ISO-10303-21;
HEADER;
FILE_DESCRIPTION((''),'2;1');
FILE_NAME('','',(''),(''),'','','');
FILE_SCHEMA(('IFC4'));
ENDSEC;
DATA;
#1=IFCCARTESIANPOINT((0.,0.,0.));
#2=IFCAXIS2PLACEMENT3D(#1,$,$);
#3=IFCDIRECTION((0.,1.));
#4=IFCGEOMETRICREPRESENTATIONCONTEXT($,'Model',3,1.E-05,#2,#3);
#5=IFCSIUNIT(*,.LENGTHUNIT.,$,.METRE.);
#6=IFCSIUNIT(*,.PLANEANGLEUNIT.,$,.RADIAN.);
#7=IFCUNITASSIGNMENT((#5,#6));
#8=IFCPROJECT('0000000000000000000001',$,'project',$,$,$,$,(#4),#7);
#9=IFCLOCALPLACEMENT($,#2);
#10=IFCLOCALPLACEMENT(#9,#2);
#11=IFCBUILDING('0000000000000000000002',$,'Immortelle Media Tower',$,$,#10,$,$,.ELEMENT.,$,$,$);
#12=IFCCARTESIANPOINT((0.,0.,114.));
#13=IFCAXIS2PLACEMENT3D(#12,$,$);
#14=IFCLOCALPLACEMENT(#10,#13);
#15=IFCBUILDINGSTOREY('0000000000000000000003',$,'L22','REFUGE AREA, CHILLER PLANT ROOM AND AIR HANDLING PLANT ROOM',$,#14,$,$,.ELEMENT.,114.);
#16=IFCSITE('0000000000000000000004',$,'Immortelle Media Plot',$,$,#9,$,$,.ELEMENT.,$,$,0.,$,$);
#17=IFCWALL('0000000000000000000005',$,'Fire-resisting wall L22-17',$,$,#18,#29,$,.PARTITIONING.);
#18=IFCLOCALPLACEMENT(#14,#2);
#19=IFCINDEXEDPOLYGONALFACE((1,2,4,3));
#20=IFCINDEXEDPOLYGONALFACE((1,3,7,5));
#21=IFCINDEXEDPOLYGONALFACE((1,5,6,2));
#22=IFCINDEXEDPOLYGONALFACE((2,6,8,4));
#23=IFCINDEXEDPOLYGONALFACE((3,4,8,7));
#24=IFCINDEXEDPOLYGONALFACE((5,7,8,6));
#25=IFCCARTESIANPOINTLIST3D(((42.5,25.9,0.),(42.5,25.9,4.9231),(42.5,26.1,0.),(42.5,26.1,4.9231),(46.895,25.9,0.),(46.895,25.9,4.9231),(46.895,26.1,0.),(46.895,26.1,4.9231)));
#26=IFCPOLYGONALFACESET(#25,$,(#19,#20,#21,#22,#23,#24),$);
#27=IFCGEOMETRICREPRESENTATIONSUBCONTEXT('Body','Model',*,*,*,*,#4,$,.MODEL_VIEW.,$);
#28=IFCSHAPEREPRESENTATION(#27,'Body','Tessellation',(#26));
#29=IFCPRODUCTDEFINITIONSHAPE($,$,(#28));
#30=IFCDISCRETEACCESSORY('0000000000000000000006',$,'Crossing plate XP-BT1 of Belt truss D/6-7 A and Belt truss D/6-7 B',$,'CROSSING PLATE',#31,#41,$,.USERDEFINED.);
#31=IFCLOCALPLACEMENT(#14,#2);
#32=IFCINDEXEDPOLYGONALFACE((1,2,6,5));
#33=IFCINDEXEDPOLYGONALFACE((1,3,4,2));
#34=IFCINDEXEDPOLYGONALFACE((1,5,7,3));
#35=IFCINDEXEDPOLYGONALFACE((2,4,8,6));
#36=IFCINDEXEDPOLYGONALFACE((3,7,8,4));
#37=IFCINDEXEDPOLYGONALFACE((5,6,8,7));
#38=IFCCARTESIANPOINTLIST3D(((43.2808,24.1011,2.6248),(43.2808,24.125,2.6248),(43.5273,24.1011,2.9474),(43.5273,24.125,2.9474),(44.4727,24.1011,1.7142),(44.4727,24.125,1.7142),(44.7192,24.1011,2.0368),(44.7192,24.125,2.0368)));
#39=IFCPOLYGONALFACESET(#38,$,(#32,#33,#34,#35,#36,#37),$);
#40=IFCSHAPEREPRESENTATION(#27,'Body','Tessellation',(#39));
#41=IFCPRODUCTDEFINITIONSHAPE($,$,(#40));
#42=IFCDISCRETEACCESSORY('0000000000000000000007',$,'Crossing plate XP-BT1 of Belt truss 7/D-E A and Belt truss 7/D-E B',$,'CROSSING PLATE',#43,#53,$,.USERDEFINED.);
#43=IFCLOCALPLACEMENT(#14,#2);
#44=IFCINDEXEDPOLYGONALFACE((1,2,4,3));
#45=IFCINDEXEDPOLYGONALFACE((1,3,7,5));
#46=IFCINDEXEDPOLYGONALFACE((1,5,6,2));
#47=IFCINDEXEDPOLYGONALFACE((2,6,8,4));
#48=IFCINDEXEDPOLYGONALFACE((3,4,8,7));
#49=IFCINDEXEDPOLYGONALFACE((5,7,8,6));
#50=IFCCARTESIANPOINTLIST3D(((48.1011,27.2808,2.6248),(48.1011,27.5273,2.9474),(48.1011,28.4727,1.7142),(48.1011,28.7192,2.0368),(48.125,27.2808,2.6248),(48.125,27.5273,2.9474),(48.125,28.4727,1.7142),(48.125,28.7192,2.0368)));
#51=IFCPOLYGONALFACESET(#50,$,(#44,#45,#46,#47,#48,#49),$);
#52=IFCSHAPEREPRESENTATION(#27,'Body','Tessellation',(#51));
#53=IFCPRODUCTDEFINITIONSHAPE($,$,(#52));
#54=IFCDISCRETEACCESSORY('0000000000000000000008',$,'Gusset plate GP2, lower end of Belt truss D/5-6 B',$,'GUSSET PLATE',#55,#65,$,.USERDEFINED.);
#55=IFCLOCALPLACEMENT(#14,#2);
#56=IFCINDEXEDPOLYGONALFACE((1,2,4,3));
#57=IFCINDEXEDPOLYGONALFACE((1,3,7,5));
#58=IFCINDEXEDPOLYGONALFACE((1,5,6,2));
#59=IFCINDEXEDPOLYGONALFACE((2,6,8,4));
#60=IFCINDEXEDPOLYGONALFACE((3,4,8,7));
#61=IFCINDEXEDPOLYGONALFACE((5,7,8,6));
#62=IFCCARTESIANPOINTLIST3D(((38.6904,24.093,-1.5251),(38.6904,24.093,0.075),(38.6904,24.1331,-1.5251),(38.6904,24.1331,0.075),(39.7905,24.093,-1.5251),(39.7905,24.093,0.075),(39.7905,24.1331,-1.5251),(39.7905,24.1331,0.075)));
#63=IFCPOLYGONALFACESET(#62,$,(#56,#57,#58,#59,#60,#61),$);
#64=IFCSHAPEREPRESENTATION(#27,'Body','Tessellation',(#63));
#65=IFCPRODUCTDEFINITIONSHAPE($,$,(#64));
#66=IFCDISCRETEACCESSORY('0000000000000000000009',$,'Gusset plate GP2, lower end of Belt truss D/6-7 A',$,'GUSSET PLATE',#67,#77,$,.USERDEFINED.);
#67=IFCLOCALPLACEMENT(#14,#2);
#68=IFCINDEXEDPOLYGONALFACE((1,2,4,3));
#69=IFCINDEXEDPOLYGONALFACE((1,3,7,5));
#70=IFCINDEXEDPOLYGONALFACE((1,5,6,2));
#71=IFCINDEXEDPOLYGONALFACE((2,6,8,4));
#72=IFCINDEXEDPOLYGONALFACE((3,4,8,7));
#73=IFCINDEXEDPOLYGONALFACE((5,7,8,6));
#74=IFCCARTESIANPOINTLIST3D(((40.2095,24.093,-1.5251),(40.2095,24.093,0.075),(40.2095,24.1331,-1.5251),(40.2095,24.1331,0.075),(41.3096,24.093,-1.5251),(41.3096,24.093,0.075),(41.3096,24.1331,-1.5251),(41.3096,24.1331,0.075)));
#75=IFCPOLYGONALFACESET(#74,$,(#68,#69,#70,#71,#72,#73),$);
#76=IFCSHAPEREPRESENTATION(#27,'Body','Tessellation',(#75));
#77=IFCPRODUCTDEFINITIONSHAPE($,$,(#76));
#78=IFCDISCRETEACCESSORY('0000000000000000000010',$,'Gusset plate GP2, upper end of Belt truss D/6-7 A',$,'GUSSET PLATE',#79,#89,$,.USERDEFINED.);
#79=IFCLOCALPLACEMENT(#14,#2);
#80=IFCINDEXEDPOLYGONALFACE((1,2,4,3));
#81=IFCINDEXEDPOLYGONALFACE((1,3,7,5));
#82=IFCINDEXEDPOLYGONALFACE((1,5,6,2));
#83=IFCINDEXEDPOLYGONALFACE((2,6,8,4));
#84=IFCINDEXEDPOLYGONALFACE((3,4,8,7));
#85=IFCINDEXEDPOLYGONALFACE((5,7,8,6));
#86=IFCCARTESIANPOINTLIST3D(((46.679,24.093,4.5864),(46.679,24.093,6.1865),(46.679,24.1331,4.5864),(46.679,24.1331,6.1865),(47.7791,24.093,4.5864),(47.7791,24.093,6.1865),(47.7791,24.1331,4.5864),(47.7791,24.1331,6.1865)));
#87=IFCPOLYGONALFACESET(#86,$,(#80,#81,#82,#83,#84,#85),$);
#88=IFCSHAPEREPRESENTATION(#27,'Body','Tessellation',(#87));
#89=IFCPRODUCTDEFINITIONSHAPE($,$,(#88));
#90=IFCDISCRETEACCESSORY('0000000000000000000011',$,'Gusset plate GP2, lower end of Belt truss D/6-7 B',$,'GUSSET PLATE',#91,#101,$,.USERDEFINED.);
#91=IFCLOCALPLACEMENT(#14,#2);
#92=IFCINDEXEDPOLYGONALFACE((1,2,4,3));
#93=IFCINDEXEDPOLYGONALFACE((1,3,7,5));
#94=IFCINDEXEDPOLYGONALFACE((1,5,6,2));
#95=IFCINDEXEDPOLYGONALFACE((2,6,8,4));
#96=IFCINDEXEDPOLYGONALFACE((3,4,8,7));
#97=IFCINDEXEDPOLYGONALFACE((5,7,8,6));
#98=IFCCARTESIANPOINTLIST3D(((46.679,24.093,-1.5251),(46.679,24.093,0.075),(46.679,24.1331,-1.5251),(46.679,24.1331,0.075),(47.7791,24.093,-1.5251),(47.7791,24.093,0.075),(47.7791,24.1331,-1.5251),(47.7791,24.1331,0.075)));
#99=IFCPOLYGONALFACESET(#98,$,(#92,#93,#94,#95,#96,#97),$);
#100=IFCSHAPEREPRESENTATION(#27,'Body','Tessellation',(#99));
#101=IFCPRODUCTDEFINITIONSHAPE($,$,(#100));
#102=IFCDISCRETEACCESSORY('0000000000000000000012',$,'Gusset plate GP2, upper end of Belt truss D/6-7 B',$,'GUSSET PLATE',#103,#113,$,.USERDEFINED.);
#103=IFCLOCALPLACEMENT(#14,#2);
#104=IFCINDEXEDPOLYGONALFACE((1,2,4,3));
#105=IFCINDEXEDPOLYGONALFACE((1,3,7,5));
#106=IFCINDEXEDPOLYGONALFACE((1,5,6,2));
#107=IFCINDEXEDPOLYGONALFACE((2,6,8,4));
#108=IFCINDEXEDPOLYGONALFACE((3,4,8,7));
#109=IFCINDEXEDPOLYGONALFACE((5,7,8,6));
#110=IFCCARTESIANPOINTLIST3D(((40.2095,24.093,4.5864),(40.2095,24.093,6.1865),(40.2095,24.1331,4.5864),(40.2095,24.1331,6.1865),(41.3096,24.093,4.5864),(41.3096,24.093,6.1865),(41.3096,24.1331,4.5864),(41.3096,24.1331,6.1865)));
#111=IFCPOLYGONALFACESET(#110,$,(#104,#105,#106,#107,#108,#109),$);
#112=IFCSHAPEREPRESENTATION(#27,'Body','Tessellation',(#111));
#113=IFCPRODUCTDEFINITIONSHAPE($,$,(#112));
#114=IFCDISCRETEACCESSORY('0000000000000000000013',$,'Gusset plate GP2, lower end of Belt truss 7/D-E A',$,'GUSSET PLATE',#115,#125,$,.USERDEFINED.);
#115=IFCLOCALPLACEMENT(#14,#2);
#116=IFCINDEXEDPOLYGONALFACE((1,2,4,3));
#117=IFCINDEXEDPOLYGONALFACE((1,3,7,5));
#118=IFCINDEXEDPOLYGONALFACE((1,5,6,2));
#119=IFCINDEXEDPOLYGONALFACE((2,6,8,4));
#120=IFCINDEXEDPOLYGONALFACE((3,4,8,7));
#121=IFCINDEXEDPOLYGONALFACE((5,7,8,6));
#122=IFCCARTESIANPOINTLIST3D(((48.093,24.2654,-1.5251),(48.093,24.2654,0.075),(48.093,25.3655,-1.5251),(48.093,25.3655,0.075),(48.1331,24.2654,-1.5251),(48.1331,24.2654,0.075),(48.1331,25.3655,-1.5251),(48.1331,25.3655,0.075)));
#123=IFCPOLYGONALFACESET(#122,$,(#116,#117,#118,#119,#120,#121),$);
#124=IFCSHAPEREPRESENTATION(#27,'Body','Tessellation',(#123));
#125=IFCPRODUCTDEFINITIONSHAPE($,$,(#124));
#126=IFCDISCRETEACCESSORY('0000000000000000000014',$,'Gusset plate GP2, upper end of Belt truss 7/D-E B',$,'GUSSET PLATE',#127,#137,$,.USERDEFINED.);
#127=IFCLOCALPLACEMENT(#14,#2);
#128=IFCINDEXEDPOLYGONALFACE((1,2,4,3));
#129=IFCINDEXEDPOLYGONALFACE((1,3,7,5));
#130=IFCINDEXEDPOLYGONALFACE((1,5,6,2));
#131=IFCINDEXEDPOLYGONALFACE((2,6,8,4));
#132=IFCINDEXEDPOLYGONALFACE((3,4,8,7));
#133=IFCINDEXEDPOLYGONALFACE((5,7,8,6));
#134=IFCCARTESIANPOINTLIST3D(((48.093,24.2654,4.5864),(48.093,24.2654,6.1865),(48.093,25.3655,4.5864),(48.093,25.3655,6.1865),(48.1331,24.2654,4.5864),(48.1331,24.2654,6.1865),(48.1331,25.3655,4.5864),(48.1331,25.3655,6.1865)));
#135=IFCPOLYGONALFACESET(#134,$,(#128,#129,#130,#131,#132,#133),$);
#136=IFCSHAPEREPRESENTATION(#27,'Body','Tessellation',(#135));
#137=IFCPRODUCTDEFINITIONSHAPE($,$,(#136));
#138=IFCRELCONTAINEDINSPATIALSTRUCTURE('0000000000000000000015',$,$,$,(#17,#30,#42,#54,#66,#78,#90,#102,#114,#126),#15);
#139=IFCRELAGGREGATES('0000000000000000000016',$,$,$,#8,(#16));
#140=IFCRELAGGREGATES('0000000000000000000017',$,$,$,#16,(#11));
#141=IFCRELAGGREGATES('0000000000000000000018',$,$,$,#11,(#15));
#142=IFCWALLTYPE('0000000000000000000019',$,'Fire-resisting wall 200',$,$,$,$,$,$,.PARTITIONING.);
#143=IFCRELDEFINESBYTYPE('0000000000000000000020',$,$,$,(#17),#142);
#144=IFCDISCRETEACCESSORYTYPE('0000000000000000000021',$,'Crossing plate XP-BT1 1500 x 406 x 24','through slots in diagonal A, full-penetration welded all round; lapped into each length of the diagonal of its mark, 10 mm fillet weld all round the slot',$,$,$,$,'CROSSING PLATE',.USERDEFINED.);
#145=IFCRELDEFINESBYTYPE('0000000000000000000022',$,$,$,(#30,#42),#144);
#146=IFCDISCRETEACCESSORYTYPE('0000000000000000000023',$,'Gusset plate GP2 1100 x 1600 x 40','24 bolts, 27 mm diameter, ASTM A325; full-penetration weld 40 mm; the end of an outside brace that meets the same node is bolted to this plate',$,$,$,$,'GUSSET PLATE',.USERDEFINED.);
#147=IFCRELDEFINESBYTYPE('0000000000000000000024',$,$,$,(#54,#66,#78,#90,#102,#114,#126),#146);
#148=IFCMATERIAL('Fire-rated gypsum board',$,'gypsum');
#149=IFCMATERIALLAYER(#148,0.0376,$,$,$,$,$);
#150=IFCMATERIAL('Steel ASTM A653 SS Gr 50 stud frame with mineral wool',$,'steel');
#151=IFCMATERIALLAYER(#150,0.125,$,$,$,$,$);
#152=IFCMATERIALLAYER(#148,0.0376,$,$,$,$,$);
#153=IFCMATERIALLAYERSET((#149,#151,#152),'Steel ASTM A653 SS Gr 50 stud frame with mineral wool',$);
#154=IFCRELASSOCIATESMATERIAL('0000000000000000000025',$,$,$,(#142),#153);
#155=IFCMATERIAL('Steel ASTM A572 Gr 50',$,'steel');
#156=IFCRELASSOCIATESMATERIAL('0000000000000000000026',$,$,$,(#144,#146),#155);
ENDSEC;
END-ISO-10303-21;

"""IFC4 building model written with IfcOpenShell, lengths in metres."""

from ifc_helpers import new_model, si_unit, direction, frame, frame_2d, origin, origin_2d, place, context, subcontext, project, spatial, rectangle, extrude, material, layer, layer_set, material_profile, profile_set, type_object, element, save


model = new_model("IFC4")

# Units and contexts
model_context = context("Model", 3, precision=1e-05, world=origin(), true_north=direction((0.0, 1.0)))
body_context = subcontext(model_context, "Body", "Model", "MODEL_VIEW")
ifc_project = project(units=[si_unit("LENGTHUNIT", "METRE"), si_unit("PLANEANGLEUNIT", "RADIAN")], contexts=[model_context])

# Site, building, storey
site_placement = place(None, origin())
site = spatial("IfcSite", under=ifc_project, at=site_placement, Name="Immortelle Media Plot", CompositionType="ELEMENT", RefElevation=0.0)
building_placement = place(site_placement, origin())
building = spatial("IfcBuilding", under=site, at=building_placement, Name="Immortelle Media Tower", CompositionType="ELEMENT")
storey_placement = place(building_placement, frame((0.0, 0.0, 114.0)))
storey = spatial("IfcBuildingStorey", under=building, at=storey_placement, Name="L22", Description="REFUGE AREA, CHILLER PLANT ROOM AND AIR HANDLING PLANT ROOM", CompositionType="ELEMENT", Elevation=114.0)

# Shared definitions
ifc_material_1 = material(Name="Fire-rated gypsum board", Category="gypsum")
ifc_layer_1 = layer(ifc_material_1, 0.0376)
ifc_material_2 = material(Name="Steel ASTM A653 SS Gr 50 stud frame with mineral wool", Category="steel")
ifc_layer_2 = layer(ifc_material_2, 0.125)
ifc_layer_3 = layer(ifc_material_1, 0.0376)
ifc_layer_set_1 = layer_set([ifc_layer_1, ifc_layer_2, ifc_layer_3], Name="Steel ASTM A653 SS Gr 50 stud frame with mineral wool")
wall_type = type_object("IfcWallType", Name="Fire-resisting wall 200", PredefinedType="PARTITIONING", material=ifc_layer_set_1)

# Wall
wall_1_placement = place(storey_placement, frame((42.5, 26.0, 0.0), z_axis=(0.0, 0.0, 1.0), x_axis=(1.0, 0.0, 0.0)))
element("IfcWall", 1, at=wall_1_placement, inside=storey, type_object=wall_type, Name="Fire-resisting wall L22-17", PredefinedType="PARTITIONING", context=body_context, shape_type="SweptSolid", body=[
    extrude(rectangle(XDim=4.395, YDim=0.2, at=frame_2d((2.1975, 0.0))), origin(), (0.0, 0.0, 1.0), 4.9231),
])

# Discrete accessories
ifc_material_3 = material(Name="Steel ASTM A572 Gr 50", Category="steel")
ifc_material_profile_1 = material_profile(ifc_material_3, rectangle(XDim=0.0239, YDim=0.406, at=origin_2d()), Name="PL 24 x 406")
ifc_profile_set_1 = profile_set([ifc_material_profile_1], Name="Steel ASTM A572 Gr 50")
discrete_accessory_type_1 = type_object("IfcDiscreteAccessoryType", Name="Crossing plate XP-BT1 1500 x 406 x 24", Description="through slots in diagonal A, full-penetration welded all round; lapped into each length of the diagonal of its mark, 10 mm fillet weld all round the slot", ElementType="CROSSING PLATE", PredefinedType="USERDEFINED", material=ifc_profile_set_1)
for number, where, z_axis, x_axis, name in (
    (2, (43.4041, 24.113, 2.7861), (0.794616, 0.0, -0.607112), (0.0, 1.0, 0.0), "Crossing plate XP-BT1 of Belt truss D/6-7 A and Belt truss D/6-7 B"),
    (3, (48.113, 27.4041, 2.7861), (0.0, 0.794616, -0.607112), (-1.0, 0.0, 0.0), "Crossing plate XP-BT1 of Belt truss 7/D-E A and Belt truss 7/D-E B"),
):
    element("IfcDiscreteAccessory", number, at=place(storey_placement, frame(where, z_axis=z_axis, x_axis=x_axis)), inside=storey, type_object=discrete_accessory_type_1, Name=name, ObjectType="CROSSING PLATE", PredefinedType="USERDEFINED", context=body_context, shape_type="SweptSolid", body=[
        extrude(rectangle(XDim=0.0239, YDim=0.406, at=origin_2d()), origin(), (0.0, 0.0, 1.0), 1.5),
    ])
ifc_material_profile_2 = material_profile(ifc_material_3, rectangle(XDim=0.04, YDim=1.6001, at=origin_2d()), Name="PL 40 x 1600")
ifc_profile_set_2 = profile_set([ifc_material_profile_2], Name="Steel ASTM A572 Gr 50")
discrete_accessory_type_2 = type_object("IfcDiscreteAccessoryType", Name="Gusset plate GP2 1100 x 1600 x 40", Description="24 bolts, 27 mm diameter, ASTM A325; full-penetration weld 40 mm; the end of an outside brace that meets the same node is bolted to this plate", ElementType="GUSSET PLATE", PredefinedType="USERDEFINED", material=ifc_profile_set_2)
for number, where, z_axis, x_axis, name in (
    (4, (39.7905, 24.113, -0.7251), (-1.0, 0.0, 0.0), (0.0, -1.0, 0.0), "Gusset plate GP2, lower end of Belt truss D/5-6 B"),
    (5, (40.2095, 24.113, -0.7251), (1.0, 0.0, 0.0), (0.0, 1.0, 0.0), "Gusset plate GP2, lower end of Belt truss D/6-7 A"),
    (6, (47.7791, 24.113, 5.3865), (-1.0, 0.0, 0.0), (0.0, -1.0, 0.0), "Gusset plate GP2, upper end of Belt truss D/6-7 A"),
    (7, (47.7791, 24.113, -0.7251), (-1.0, 0.0, 0.0), (0.0, -1.0, 0.0), "Gusset plate GP2, lower end of Belt truss D/6-7 B"),
    (8, (40.2095, 24.113, 5.3865), (1.0, 0.0, 0.0), (0.0, 1.0, 0.0), "Gusset plate GP2, upper end of Belt truss D/6-7 B"),
    (9, (48.113, 24.2654, -0.7251), (0.0, 1.0, 0.0), (-1.0, 0.0, 0.0), "Gusset plate GP2, lower end of Belt truss 7/D-E A"),
    (10, (48.113, 24.2654, 5.3865), (0.0, 1.0, 0.0), (-1.0, 0.0, 0.0), "Gusset plate GP2, upper end of Belt truss 7/D-E B"),
):
    element("IfcDiscreteAccessory", number, at=place(storey_placement, frame(where, z_axis=z_axis, x_axis=x_axis)), inside=storey, type_object=discrete_accessory_type_2, Name=name, ObjectType="GUSSET PLATE", PredefinedType="USERDEFINED", context=body_context, shape_type="SweptSolid", body=[
        extrude(rectangle(XDim=0.04, YDim=1.6001, at=origin_2d()), origin(), (0.0, 0.0, 1.0), 1.1001),
    ])

save(model, "model.ifc")
